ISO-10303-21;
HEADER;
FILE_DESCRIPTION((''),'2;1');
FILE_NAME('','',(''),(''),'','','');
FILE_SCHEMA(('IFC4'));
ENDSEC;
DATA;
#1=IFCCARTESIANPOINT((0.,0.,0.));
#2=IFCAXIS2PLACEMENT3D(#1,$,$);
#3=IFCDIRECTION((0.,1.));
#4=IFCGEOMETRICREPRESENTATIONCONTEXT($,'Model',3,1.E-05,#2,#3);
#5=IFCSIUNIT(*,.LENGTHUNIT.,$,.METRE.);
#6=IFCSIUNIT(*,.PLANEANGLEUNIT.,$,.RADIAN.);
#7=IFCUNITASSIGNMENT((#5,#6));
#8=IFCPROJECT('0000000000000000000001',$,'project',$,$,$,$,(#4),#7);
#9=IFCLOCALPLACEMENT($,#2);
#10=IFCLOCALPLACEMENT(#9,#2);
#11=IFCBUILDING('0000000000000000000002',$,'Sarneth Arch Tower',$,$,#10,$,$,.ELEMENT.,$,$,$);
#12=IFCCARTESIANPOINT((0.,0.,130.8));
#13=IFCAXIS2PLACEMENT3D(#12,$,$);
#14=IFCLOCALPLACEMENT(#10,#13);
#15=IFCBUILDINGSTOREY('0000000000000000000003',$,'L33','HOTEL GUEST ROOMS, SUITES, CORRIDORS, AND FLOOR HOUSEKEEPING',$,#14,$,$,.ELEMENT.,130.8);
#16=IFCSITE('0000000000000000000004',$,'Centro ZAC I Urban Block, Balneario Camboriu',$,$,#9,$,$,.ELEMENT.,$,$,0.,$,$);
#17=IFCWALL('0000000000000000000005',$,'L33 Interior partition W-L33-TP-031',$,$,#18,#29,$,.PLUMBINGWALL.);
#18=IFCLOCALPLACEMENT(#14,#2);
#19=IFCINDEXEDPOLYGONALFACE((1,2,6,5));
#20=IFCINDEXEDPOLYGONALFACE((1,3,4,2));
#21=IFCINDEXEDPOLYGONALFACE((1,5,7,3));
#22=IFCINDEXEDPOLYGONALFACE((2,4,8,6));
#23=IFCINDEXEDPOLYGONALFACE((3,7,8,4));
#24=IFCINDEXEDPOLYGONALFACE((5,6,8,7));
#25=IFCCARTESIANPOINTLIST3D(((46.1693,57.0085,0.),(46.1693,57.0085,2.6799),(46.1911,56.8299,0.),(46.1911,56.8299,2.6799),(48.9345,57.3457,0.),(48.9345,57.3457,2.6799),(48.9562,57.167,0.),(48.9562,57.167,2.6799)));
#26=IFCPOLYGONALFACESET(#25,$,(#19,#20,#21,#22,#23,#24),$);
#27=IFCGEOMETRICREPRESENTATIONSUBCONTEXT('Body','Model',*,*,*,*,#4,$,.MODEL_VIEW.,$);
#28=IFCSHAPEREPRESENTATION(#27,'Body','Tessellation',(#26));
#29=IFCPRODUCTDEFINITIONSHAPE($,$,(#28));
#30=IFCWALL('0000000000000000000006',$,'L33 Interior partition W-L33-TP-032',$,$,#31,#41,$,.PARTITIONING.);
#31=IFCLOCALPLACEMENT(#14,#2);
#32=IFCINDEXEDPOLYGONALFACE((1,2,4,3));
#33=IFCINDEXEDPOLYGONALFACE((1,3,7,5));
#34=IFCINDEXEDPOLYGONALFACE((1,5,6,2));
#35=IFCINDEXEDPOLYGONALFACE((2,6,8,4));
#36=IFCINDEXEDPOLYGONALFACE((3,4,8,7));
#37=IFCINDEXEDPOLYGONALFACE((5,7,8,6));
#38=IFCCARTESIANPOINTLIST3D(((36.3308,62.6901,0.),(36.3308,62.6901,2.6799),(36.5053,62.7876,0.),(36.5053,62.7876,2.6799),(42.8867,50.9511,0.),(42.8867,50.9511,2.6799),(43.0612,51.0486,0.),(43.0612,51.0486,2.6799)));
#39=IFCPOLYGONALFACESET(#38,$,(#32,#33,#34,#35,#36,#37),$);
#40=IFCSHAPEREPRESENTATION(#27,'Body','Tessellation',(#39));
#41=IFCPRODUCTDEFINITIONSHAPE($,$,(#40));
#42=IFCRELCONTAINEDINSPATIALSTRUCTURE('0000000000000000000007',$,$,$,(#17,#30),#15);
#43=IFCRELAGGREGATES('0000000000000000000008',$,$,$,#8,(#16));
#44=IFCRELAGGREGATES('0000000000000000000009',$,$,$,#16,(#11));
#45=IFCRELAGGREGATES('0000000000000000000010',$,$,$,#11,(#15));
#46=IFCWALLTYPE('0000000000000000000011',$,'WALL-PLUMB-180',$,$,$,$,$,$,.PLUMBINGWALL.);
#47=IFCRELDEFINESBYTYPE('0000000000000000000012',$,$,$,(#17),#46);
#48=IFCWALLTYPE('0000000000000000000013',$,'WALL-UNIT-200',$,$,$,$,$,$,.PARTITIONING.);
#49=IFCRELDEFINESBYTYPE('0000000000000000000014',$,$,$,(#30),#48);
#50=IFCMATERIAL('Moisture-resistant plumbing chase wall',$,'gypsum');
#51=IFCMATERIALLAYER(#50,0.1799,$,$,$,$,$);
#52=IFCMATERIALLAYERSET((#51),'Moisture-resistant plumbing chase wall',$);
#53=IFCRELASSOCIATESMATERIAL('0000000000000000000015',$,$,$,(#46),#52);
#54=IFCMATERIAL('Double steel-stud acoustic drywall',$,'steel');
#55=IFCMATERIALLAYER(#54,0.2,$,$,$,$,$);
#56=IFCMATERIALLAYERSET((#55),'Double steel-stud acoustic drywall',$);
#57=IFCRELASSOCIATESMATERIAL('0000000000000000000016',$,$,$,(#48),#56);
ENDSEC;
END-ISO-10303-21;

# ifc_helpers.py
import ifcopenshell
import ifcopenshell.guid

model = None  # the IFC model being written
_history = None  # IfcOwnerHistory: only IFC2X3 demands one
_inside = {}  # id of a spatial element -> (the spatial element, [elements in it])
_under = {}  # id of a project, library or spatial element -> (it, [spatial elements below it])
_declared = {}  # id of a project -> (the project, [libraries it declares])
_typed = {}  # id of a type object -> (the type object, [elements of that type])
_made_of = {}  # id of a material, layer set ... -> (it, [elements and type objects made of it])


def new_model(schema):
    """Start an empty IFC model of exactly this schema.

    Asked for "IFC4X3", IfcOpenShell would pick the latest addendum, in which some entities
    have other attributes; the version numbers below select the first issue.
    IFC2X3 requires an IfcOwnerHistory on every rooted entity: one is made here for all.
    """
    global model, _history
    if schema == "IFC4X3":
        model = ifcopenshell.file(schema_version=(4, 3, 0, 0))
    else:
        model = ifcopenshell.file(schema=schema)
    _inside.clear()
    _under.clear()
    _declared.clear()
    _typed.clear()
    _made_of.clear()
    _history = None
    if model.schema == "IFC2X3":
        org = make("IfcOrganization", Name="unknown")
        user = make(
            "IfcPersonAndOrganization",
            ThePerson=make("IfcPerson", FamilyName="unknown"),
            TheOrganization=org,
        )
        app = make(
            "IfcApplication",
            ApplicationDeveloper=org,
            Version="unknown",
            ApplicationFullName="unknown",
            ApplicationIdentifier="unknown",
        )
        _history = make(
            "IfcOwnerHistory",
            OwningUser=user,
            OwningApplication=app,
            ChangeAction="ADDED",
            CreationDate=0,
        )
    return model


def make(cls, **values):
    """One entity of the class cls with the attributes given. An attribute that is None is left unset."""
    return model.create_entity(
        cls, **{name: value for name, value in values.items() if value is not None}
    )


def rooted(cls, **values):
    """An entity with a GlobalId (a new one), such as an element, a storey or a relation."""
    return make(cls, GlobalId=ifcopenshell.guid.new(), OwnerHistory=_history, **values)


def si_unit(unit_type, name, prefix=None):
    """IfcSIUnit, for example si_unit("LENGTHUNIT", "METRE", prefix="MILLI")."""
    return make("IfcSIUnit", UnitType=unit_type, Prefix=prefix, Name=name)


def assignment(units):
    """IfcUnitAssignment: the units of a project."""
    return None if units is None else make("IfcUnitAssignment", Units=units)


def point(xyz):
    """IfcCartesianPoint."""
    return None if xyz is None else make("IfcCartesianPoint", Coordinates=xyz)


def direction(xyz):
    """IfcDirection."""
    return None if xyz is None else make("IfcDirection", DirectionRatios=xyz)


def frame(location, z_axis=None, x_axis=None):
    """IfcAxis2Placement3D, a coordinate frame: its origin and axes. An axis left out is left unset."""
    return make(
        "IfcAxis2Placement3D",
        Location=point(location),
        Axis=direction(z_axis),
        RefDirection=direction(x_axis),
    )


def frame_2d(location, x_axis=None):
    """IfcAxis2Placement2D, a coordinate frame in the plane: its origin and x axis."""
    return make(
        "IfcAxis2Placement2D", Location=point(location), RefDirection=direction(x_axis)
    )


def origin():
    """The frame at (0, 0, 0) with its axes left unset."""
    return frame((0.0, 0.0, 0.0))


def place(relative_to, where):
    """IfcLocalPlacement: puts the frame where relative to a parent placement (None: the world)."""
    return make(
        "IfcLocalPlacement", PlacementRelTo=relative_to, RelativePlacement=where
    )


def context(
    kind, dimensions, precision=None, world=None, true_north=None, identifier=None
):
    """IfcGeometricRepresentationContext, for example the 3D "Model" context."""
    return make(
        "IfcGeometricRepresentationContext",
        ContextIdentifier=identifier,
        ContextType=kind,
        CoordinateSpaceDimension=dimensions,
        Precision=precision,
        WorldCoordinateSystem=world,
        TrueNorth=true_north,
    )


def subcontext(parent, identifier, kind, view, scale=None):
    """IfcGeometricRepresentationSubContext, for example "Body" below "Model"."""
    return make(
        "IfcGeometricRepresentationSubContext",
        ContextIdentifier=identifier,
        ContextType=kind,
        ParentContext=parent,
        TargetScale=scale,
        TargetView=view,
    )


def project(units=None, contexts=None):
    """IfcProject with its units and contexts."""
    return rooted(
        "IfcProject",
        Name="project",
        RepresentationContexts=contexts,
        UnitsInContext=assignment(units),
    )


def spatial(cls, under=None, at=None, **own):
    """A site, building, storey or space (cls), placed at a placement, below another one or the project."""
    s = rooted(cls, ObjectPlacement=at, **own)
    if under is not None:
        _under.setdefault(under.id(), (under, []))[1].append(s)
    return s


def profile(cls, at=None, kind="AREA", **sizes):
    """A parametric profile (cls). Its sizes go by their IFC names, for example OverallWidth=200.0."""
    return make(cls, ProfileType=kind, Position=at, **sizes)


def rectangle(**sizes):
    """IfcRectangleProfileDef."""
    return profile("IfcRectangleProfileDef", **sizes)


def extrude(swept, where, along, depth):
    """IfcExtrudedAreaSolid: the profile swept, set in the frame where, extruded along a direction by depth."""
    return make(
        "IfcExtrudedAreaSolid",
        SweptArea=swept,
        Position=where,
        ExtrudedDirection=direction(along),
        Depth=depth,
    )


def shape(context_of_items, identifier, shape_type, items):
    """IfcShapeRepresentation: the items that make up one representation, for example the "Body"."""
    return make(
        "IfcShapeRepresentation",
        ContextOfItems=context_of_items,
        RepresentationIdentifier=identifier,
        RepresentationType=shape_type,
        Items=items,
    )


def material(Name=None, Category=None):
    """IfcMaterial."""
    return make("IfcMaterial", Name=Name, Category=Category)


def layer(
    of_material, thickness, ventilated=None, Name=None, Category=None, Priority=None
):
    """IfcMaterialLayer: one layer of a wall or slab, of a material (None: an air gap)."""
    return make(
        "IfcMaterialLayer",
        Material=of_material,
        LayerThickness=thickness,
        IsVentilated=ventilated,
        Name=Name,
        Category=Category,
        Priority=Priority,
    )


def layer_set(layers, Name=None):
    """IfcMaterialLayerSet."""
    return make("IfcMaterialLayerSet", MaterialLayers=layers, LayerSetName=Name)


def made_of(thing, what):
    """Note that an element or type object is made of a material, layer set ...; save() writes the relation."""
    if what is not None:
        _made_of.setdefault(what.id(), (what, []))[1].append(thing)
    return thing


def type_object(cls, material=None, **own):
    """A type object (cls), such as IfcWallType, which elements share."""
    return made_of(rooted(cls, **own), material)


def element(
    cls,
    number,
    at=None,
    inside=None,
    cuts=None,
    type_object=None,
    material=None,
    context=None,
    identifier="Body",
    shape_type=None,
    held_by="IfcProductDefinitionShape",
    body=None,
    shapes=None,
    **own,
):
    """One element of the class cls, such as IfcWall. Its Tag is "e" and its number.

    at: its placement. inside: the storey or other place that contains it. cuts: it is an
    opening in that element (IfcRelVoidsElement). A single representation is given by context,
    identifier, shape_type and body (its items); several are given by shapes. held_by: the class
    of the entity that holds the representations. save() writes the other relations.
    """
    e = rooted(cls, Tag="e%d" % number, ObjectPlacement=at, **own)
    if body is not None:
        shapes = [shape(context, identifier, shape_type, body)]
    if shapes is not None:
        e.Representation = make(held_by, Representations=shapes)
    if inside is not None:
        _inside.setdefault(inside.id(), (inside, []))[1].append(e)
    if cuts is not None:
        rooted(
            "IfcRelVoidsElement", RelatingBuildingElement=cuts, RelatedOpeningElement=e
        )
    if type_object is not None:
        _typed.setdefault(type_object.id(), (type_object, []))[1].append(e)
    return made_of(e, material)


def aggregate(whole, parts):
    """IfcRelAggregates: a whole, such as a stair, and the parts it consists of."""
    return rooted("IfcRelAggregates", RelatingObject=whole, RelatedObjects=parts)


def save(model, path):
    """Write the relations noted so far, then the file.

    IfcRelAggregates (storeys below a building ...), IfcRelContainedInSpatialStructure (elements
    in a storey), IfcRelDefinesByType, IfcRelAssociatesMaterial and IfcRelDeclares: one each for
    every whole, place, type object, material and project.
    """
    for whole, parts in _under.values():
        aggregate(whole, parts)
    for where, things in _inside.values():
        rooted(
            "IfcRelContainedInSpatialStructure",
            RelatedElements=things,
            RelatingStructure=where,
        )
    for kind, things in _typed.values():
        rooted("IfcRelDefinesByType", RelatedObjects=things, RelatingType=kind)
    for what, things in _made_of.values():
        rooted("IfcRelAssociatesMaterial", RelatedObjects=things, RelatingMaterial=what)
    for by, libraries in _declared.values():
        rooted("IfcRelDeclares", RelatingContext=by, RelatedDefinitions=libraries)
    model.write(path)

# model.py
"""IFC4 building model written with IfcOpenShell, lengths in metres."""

from ifc_helpers import new_model, si_unit, direction, frame, frame_2d, origin, place, context, subcontext, project, spatial, rectangle, extrude, material, layer, layer_set, type_object, element, save


model = new_model("IFC4")

# Units and contexts
model_context = context("Model", 3, precision=1e-05, world=origin(), true_north=direction((0.0, 1.0)))
body_context = subcontext(model_context, "Body", "Model", "MODEL_VIEW")
ifc_project = project(units=[si_unit("LENGTHUNIT", "METRE"), si_unit("PLANEANGLEUNIT", "RADIAN")], contexts=[model_context])

# Site, building, storey
site_placement = place(None, origin())
site = spatial("IfcSite", under=ifc_project, at=site_placement, Name="Centro ZAC I Urban Block, Balneario Camboriu", CompositionType="ELEMENT", RefElevation=0.0)
building_placement = place(site_placement, origin())
building = spatial("IfcBuilding", under=site, at=building_placement, Name="Sarneth Arch Tower", CompositionType="ELEMENT")
storey_placement = place(building_placement, frame((0.0, 0.0, 130.8)))
storey = spatial("IfcBuildingStorey", under=building, at=storey_placement, Name="L33", Description="HOTEL GUEST ROOMS, SUITES, CORRIDORS, AND FLOOR HOUSEKEEPING", CompositionType="ELEMENT", Elevation=130.8)

# Shared definitions
ifc_material_1 = material(Name="Moisture-resistant plumbing chase wall", Category="gypsum")
ifc_layer_1 = layer(ifc_material_1, 0.1799)
ifc_layer_set_1 = layer_set([ifc_layer_1], Name="Moisture-resistant plumbing chase wall")
wall_type_1 = type_object("IfcWallType", Name="WALL-PLUMB-180", PredefinedType="PLUMBINGWALL", material=ifc_layer_set_1)

# Walls
wall_1_placement = place(storey_placement, frame((46.1802, 56.9192, 0.0), z_axis=(0.0, 0.0, 1.0), x_axis=(0.992648, 0.121035, 0.0)))
element("IfcWall", 1, at=wall_1_placement, inside=storey, type_object=wall_type_1, Name="L33 Interior partition W-L33-TP-031", PredefinedType="PLUMBINGWALL", context=body_context, shape_type="SweptSolid", body=[
    extrude(rectangle(XDim=2.7856, YDim=0.1799, at=frame_2d((1.3928, 0.0))), origin(), (0.0, 0.0, 1.0), 2.6799),
])
ifc_material_2 = material(Name="Double steel-stud acoustic drywall", Category="steel")
ifc_layer_2 = layer(ifc_material_2, 0.2)
ifc_layer_set_2 = layer_set([ifc_layer_2], Name="Double steel-stud acoustic drywall")
wall_type_2 = type_object("IfcWallType", Name="WALL-UNIT-200", PredefinedType="PARTITIONING", material=ifc_layer_set_2)
wall_2_placement = place(storey_placement, frame((42.9739, 51.0, 0.0), z_axis=(0.0, 0.0, 1.0), x_axis=(-0.487587, 0.873074, 0.0)))
element("IfcWall", 2, at=wall_2_placement, inside=storey, type_object=wall_type_2, Name="L33 Interior partition W-L33-TP-032", PredefinedType="PARTITIONING", context=body_context, shape_type="SweptSolid", body=[
    extrude(rectangle(XDim=13.4456, YDim=0.2, at=frame_2d((6.7227, 0.0))), origin(), (0.0, 0.0, 1.0), 2.6799),
])

save(model, "model.ifc")
